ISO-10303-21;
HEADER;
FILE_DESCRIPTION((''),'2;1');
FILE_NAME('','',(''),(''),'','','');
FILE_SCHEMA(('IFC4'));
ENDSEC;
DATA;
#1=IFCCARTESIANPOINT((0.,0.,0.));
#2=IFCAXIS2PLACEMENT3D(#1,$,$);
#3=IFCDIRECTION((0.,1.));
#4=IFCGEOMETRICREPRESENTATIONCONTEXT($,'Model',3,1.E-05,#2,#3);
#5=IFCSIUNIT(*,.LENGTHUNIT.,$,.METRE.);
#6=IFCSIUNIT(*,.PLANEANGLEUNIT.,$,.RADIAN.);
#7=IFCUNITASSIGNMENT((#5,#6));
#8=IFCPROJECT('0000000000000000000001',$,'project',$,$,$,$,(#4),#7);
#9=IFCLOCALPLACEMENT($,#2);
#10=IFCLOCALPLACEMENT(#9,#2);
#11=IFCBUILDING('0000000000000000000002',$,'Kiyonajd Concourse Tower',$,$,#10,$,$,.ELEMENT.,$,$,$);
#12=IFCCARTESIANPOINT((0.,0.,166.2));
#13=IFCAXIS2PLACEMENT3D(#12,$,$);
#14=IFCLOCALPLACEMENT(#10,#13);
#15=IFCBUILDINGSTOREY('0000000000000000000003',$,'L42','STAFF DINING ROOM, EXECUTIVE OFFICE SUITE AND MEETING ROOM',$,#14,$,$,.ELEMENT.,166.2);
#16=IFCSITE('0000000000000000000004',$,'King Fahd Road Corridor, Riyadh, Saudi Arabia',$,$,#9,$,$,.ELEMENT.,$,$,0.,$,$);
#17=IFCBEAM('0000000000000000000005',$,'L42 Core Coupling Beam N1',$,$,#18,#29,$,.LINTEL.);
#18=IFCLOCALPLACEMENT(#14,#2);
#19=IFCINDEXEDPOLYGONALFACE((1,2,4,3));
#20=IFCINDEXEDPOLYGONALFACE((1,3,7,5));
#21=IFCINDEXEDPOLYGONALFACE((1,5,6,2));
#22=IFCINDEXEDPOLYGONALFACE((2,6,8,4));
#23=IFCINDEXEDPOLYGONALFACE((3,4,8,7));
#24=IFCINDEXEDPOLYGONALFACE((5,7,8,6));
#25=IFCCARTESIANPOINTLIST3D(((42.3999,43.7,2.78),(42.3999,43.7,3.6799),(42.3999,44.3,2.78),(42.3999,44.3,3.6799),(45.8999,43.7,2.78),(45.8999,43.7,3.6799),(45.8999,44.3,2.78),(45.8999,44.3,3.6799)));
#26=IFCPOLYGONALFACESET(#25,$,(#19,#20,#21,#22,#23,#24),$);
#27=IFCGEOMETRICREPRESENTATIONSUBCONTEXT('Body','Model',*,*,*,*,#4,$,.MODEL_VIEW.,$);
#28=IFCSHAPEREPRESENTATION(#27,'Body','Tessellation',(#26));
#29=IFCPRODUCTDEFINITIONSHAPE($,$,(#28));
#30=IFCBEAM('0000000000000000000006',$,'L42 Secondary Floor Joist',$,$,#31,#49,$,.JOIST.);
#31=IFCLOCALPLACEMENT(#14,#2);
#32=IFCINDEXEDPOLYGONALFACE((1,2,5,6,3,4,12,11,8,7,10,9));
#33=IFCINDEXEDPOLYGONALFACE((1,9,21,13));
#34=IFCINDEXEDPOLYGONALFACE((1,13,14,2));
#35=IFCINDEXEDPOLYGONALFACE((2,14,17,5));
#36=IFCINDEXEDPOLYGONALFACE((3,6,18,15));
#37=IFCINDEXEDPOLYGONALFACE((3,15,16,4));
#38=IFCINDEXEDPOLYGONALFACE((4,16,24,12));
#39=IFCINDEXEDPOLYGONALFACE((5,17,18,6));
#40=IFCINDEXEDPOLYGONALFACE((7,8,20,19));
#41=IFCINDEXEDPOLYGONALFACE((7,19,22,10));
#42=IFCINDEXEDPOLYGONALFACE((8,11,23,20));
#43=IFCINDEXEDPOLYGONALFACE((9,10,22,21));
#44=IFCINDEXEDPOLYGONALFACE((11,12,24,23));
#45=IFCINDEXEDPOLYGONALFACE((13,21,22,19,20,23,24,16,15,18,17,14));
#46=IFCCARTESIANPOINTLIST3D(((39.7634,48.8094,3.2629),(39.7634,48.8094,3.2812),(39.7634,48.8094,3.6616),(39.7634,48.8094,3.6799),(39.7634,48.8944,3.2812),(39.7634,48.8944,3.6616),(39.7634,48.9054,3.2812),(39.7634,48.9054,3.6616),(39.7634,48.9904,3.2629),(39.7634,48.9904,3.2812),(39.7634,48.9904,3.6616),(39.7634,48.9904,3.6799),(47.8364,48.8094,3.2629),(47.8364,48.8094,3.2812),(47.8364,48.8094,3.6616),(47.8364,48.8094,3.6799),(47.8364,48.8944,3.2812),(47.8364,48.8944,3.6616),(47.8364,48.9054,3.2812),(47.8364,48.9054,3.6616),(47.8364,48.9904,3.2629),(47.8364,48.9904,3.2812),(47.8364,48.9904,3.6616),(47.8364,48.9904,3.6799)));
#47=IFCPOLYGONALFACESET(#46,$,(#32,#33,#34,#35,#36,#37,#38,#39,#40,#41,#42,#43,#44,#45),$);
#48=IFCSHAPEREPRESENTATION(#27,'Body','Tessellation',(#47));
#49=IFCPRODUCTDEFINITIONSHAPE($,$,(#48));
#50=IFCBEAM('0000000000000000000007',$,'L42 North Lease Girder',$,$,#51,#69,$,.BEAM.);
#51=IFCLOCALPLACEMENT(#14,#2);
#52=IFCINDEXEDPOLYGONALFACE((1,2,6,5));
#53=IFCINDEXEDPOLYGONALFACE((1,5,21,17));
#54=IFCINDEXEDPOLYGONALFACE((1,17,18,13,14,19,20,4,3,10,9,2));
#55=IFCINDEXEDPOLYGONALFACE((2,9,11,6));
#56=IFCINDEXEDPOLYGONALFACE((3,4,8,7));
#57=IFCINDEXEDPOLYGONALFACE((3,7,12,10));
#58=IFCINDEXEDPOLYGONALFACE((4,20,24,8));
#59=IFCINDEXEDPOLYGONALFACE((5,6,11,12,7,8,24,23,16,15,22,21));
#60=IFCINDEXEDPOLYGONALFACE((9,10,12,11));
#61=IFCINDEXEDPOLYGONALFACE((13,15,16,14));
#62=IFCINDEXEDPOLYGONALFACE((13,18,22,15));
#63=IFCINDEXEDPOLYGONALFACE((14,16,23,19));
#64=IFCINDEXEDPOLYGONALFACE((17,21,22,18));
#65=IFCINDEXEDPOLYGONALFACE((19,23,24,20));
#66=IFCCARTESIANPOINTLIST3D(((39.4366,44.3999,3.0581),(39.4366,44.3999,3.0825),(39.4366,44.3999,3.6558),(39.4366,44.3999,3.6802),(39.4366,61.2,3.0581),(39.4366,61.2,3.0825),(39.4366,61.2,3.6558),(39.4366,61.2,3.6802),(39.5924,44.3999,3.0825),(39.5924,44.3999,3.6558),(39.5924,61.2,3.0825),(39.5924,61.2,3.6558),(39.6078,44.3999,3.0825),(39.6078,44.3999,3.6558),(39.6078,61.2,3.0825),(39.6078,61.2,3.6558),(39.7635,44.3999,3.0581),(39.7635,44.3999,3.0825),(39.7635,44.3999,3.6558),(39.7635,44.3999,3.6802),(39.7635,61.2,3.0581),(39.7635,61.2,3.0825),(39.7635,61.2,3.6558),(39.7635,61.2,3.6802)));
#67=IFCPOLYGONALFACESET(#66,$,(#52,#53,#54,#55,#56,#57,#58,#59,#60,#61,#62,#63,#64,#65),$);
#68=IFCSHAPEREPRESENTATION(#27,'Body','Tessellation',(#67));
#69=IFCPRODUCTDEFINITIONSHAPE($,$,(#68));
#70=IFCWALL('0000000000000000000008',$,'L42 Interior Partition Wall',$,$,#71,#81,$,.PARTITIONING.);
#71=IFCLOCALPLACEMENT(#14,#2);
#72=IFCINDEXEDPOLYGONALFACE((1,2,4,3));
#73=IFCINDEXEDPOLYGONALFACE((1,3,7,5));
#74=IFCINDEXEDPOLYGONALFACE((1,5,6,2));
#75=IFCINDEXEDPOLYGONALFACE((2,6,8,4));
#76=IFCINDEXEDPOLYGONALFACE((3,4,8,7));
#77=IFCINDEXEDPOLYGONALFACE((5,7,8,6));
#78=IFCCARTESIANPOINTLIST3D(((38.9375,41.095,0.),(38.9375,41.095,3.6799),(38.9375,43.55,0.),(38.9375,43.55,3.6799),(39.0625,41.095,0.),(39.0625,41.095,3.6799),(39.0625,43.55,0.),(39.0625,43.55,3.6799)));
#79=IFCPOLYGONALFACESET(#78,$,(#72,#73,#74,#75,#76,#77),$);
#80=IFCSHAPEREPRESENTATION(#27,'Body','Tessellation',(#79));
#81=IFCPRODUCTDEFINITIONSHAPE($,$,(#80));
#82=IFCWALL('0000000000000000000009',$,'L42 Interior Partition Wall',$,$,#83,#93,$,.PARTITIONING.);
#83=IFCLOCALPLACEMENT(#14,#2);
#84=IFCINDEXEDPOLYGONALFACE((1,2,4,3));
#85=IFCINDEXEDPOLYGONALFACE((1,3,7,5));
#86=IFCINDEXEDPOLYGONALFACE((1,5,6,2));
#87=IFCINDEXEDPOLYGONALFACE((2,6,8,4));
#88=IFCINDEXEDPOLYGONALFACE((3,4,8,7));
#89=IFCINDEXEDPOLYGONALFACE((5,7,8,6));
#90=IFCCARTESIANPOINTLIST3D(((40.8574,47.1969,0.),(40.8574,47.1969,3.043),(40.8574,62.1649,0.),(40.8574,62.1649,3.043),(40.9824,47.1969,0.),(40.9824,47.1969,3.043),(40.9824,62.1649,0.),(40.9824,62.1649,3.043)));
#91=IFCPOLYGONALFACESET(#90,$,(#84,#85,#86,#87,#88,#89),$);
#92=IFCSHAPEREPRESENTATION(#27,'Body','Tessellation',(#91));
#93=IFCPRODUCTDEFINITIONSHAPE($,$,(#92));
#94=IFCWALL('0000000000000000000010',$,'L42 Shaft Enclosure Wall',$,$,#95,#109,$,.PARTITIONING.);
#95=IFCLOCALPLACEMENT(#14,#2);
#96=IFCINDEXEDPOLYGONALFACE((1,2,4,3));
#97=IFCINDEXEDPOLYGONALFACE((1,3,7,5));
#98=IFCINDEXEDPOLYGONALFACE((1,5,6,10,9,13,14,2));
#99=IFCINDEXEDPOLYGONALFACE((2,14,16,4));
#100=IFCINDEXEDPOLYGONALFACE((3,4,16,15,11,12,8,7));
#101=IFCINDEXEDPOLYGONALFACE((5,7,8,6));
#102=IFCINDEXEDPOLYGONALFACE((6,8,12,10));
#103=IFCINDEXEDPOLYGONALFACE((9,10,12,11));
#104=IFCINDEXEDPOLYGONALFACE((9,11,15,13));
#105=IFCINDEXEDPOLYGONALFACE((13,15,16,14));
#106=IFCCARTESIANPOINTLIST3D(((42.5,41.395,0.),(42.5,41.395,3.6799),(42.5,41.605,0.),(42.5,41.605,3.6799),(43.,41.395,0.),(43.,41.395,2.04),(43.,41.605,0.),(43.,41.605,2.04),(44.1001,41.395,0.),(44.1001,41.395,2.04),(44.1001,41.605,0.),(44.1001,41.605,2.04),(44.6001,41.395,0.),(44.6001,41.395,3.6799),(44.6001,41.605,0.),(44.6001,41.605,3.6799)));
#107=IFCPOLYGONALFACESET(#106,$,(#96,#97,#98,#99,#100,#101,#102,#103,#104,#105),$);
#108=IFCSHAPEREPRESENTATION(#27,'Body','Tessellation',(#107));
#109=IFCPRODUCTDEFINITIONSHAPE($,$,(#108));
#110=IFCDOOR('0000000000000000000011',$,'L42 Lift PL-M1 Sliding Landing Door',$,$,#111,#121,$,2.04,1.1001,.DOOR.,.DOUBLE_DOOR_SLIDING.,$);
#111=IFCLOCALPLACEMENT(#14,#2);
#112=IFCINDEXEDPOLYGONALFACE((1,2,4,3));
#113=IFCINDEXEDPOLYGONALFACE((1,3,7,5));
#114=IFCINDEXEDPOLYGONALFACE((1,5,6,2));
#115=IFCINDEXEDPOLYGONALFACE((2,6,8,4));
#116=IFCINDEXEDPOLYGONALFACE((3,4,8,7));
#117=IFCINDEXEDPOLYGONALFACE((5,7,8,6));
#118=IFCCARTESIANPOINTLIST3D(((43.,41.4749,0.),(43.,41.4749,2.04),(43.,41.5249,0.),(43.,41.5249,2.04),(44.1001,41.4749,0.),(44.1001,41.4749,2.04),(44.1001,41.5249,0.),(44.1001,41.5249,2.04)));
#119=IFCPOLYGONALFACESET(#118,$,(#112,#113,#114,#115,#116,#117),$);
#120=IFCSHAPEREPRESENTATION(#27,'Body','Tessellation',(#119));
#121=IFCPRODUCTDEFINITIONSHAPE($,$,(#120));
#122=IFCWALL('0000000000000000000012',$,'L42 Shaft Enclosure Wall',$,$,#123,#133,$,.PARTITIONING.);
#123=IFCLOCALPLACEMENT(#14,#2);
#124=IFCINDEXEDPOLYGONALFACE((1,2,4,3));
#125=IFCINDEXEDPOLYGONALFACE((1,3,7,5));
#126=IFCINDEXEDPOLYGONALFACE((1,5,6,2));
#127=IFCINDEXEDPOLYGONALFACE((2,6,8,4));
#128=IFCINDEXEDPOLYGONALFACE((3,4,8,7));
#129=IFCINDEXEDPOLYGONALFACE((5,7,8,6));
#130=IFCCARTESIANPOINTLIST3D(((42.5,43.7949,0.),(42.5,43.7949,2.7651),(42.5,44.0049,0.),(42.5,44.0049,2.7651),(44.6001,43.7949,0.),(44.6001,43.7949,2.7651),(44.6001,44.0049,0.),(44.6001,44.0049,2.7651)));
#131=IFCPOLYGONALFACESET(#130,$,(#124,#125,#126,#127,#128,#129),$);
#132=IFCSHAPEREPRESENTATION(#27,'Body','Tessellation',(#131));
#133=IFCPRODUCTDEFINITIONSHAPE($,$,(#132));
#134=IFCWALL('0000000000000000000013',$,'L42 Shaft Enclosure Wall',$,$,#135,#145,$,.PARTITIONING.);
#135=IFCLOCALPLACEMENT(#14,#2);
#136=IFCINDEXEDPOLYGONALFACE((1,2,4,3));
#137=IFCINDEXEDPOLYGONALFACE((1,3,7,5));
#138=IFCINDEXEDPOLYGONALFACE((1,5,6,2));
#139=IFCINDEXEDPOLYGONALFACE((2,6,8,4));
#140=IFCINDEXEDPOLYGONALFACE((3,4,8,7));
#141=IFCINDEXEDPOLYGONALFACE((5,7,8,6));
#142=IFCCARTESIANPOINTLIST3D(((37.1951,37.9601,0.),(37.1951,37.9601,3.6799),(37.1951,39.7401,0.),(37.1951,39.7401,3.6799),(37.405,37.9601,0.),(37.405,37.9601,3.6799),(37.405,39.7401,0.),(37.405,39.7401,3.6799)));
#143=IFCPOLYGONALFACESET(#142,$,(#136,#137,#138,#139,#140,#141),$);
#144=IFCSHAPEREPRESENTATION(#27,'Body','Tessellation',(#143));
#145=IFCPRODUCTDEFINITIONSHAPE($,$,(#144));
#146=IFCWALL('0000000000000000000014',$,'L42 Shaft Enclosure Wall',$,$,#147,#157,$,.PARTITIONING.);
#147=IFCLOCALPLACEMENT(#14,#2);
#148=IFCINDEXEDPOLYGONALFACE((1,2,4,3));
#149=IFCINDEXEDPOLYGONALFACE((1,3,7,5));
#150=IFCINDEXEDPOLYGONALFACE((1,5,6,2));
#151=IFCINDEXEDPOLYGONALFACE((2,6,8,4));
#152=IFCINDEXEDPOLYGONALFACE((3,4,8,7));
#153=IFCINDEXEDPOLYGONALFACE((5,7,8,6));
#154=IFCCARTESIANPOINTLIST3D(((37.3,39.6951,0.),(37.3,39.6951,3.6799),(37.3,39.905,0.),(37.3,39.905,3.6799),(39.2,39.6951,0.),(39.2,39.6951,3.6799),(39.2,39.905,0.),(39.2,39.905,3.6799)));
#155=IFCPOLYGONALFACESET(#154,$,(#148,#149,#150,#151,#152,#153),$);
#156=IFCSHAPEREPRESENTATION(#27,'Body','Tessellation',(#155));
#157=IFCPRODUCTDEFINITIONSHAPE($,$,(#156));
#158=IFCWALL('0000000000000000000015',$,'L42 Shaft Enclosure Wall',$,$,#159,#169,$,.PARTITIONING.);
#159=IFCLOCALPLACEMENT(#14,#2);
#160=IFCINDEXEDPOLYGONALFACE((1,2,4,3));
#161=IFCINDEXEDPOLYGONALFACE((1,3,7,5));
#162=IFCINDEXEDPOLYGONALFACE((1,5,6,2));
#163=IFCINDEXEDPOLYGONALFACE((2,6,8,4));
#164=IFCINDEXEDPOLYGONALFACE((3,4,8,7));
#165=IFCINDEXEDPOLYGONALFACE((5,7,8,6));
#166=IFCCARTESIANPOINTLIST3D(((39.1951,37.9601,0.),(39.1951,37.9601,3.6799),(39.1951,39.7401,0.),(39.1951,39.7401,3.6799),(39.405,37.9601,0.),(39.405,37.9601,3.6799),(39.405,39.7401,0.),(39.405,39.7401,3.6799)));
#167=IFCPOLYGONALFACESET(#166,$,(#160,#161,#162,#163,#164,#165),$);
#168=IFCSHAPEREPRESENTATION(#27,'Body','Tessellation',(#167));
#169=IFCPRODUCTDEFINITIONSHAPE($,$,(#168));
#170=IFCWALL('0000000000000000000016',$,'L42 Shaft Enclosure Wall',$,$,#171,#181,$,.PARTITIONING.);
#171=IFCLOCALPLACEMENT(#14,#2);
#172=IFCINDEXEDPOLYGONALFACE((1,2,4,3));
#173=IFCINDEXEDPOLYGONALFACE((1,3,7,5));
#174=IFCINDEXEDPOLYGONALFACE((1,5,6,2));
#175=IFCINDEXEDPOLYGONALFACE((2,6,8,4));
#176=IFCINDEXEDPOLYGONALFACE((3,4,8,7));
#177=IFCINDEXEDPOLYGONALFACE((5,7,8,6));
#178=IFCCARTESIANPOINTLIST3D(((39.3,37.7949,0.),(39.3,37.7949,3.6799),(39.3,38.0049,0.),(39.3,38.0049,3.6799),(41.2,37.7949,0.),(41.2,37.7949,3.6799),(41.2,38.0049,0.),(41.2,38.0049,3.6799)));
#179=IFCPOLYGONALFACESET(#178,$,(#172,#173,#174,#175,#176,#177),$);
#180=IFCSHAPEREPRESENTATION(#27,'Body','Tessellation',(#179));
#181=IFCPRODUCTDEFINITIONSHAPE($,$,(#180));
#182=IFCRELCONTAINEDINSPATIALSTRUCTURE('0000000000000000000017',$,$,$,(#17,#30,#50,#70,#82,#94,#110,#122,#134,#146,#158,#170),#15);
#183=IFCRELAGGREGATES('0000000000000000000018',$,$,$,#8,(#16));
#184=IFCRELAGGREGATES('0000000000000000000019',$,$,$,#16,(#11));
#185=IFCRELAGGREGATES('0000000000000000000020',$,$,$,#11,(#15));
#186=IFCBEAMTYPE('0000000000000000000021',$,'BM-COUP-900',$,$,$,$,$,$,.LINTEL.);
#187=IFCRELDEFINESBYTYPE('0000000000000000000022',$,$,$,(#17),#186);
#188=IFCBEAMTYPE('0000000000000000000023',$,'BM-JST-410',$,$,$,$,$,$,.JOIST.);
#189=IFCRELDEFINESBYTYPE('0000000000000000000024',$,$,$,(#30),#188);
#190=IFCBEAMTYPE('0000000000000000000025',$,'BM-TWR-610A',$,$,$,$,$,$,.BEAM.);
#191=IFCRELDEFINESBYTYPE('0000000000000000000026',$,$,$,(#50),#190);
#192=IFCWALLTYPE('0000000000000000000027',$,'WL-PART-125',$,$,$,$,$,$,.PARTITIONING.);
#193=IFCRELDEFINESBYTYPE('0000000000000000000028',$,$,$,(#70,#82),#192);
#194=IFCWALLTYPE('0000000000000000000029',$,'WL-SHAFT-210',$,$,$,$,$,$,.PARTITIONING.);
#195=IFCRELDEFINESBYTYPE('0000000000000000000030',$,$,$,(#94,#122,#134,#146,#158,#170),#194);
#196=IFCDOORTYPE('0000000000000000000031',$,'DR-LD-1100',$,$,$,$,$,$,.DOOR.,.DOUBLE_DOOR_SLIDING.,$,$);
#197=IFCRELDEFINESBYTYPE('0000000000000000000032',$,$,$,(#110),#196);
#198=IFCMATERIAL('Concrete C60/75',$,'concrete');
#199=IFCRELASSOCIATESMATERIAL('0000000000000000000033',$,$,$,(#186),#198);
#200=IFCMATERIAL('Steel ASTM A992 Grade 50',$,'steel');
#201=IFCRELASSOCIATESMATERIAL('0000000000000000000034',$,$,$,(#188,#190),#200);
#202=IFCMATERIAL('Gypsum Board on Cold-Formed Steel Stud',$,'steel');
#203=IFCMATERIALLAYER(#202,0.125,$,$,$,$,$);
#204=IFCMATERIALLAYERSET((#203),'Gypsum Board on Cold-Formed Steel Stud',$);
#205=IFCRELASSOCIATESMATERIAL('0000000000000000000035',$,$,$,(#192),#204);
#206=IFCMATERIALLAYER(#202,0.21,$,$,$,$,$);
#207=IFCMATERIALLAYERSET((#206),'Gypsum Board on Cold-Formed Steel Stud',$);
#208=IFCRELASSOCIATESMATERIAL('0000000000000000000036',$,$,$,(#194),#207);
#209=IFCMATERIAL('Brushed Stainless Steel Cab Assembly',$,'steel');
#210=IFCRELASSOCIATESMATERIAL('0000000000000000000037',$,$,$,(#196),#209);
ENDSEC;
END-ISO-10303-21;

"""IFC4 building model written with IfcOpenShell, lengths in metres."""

from ifc_helpers import new_model, si_unit, direction, frame, frame_2d, origin, origin_2d, place, context, subcontext, project, spatial, rectangle, i_section, extrude, material, layer, layer_set, material_profile, profile_set, type_object, element, fill, save


model = new_model("IFC4")

# Units and contexts
model_context = context("Model", 3, precision=1e-05, world=origin(), true_north=direction((0.0, 1.0)))
body_context = subcontext(model_context, "Body", "Model", "MODEL_VIEW")
ifc_project = project(units=[si_unit("LENGTHUNIT", "METRE"), si_unit("PLANEANGLEUNIT", "RADIAN")], contexts=[model_context])

# Site, building, storey
site_placement = place(None, origin())
site = spatial("IfcSite", under=ifc_project, at=site_placement, Name="King Fahd Road Corridor, Riyadh, Saudi Arabia", CompositionType="ELEMENT", RefElevation=0.0)
building_placement = place(site_placement, origin())
building = spatial("IfcBuilding", under=site, at=building_placement, Name="Kiyonajd Concourse Tower", CompositionType="ELEMENT")
storey_placement = place(building_placement, frame((0.0, 0.0, 166.2)))
storey = spatial("IfcBuildingStorey", under=building, at=storey_placement, Name="L42", Description="STAFF DINING ROOM, EXECUTIVE OFFICE SUITE AND MEETING ROOM", CompositionType="ELEMENT", Elevation=166.2)

# Beams
ifc_material_1 = material(Name="Concrete C60/75", Category="concrete")
ifc_material_profile_1 = material_profile(ifc_material_1, rectangle(XDim=0.6001, YDim=0.8999, at=origin_2d()), Name="RCBM-600x900")
ifc_profile_set_1 = profile_set([ifc_material_profile_1], Name="Concrete C60/75")
beam_type_1 = type_object("IfcBeamType", Name="BM-COUP-900", PredefinedType="LINTEL", material=ifc_profile_set_1)
beam_1_placement = place(storey_placement, frame((42.3999, 44.0, 3.23), z_axis=(1.0, 0.0, 0.0), x_axis=(0.0, 1.0, 0.0)))
element("IfcBeam", 1, at=beam_1_placement, inside=storey, type_object=beam_type_1, Name="L42 Core Coupling Beam N1", PredefinedType="LINTEL", context=body_context, shape_type="SweptSolid", body=[
    extrude(rectangle(XDim=0.6001, YDim=0.8999, at=origin_2d()), origin(), (0.0, 0.0, 1.0), 3.5),
])
ifc_material_2 = material(Name="Steel ASTM A992 Grade 50", Category="steel")
ifc_material_profile_2 = material_profile(ifc_material_2, i_section(OverallWidth=0.1809, OverallDepth=0.417, WebThickness=0.011, FlangeThickness=0.0183, at=origin_2d()), Name="W410X85")
ifc_profile_set_2 = profile_set([ifc_material_profile_2], Name="Steel ASTM A992 Grade 50")
beam_type_2 = type_object("IfcBeamType", Name="BM-JST-410", PredefinedType="JOIST", material=ifc_profile_set_2)
beam_2_placement = place(storey_placement, frame((39.7634, 48.8999, 3.4714), z_axis=(1.0, 0.0, 0.0), x_axis=(0.0, 1.0, 0.0)))
element("IfcBeam", 2, at=beam_2_placement, inside=storey, type_object=beam_type_2, Name="L42 Secondary Floor Joist", PredefinedType="JOIST", context=body_context, shape_type="SweptSolid", body=[
    extrude(i_section(OverallWidth=0.1809, OverallDepth=0.417, WebThickness=0.011, FlangeThickness=0.0183, at=origin_2d()), origin(), (0.0, 0.0, 1.0), 8.073),
])
ifc_material_profile_3 = material_profile(ifc_material_2, i_section(OverallWidth=0.3269, OverallDepth=0.6221, WebThickness=0.0154, FlangeThickness=0.0244, at=origin_2d()), Name="W610X195")
ifc_profile_set_3 = profile_set([ifc_material_profile_3], Name="Steel ASTM A992 Grade 50")
beam_type_3 = type_object("IfcBeamType", Name="BM-TWR-610A", PredefinedType="BEAM", material=ifc_profile_set_3)
beam_3_placement = place(storey_placement, frame((39.6001, 44.3999, 3.3691), z_axis=(0.0, 1.0, 0.0), x_axis=(-1.0, 0.0, 0.0)))
element("IfcBeam", 3, at=beam_3_placement, inside=storey, type_object=beam_type_3, Name="L42 North Lease Girder", PredefinedType="BEAM", context=body_context, shape_type="SweptSolid", body=[
    extrude(i_section(OverallWidth=0.3269, OverallDepth=0.6221, WebThickness=0.0154, FlangeThickness=0.0244, at=origin_2d()), origin(), (0.0, 0.0, 1.0), 16.8),
])

# Walls
ifc_material_3 = material(Name="Gypsum Board on Cold-Formed Steel Stud", Category="steel")
ifc_layer_1 = layer(ifc_material_3, 0.125)
ifc_layer_set_1 = layer_set([ifc_layer_1], Name="Gypsum Board on Cold-Formed Steel Stud")
wall_type_1 = type_object("IfcWallType", Name="WL-PART-125", PredefinedType="PARTITIONING", material=ifc_layer_set_1)
wall_1_placement = place(storey_placement, frame((39.0, 41.095, 0.0), z_axis=(0.0, 0.0, 1.0), x_axis=(0.0, 1.0, 0.0)))
element("IfcWall", 4, at=wall_1_placement, inside=storey, type_object=wall_type_1, Name="L42 Interior Partition Wall", PredefinedType="PARTITIONING", context=body_context, shape_type="SweptSolid", body=[
    extrude(rectangle(XDim=2.4551, YDim=0.125, at=frame_2d((1.2275, 0.0))), origin(), (0.0, 0.0, 1.0), 3.6799),
])
wall_2_placement = place(storey_placement, frame((40.9199, 47.197, 0.0), z_axis=(0.0, 0.0, 1.0), x_axis=(0.0, 1.0, 0.0)))
element("IfcWall", 5, at=wall_2_placement, inside=storey, type_object=wall_type_1, Name="L42 Interior Partition Wall", PredefinedType="PARTITIONING", context=body_context, shape_type="SweptSolid", body=[
    extrude(rectangle(XDim=14.968, YDim=0.125, at=frame_2d((7.4839, 0.0))), origin(), (0.0, 0.0, 1.0), 3.043),
])

# Wall, opening, door
ifc_layer_2 = layer(ifc_material_3, 0.21)
ifc_layer_set_2 = layer_set([ifc_layer_2], Name="Gypsum Board on Cold-Formed Steel Stud")
wall_type_2 = type_object("IfcWallType", Name="WL-SHAFT-210", PredefinedType="PARTITIONING", material=ifc_layer_set_2)
wall_3_placement = place(storey_placement, frame((42.5, 41.5, 0.0), z_axis=(0.0, 0.0, 1.0), x_axis=(1.0, 0.0, 0.0)))
wall_3 = element("IfcWall", 6, at=wall_3_placement, inside=storey, type_object=wall_type_2, Name="L42 Shaft Enclosure Wall", PredefinedType="PARTITIONING", context=body_context, shape_type="SweptSolid", body=[
    extrude(rectangle(XDim=2.1001, YDim=0.21, at=frame_2d((1.05, 0.0))), origin(), (0.0, 0.0, 1.0), 3.6799),
])
opening_placement = place(wall_3_placement, frame((0.5, 0.0, 0.0)))
opening = element("IfcOpeningElement", 7, at=opening_placement, cuts=wall_3, PredefinedType="OPENING", context=body_context, shape_type="SweptSolid", body=[
    extrude(rectangle(XDim=1.1001, YDim=2.04, at=frame_2d((0.55, 1.02))), frame((0.0, 0.115, 0.0), z_axis=(0.0, -1.0, 0.0), x_axis=(1.0, 0.0, 0.0)), (0.0, 0.0, 1.0), 0.23),
])
ifc_material_4 = material(Name="Brushed Stainless Steel Cab Assembly", Category="steel")
door_type = type_object("IfcDoorType", Name="DR-LD-1100", OperationType="DOUBLE_DOOR_SLIDING", PredefinedType="DOOR", material=ifc_material_4)
door_placement = place(opening_placement, origin())
door = element("IfcDoor", 8, at=door_placement, inside=storey, type_object=door_type, Name="L42 Lift PL-M1 Sliding Landing Door", OperationType="DOUBLE_DOOR_SLIDING", OverallHeight=2.04, OverallWidth=1.1001, PredefinedType="DOOR", context=body_context, shape_type="SweptSolid", body=[
    extrude(rectangle(XDim=1.1001, YDim=2.04, at=frame_2d((0.55, 1.02))), frame((0.0, 0.0249, 0.0), z_axis=(0.0, -1.0, 0.0), x_axis=(1.0, 0.0, 0.0)), (0.0, 0.0, 1.0), 0.05),
])
fill(opening, door)

# Walls
wall_4_placement = place(storey_placement, frame((42.5, 43.8999, 0.0), z_axis=(0.0, 0.0, 1.0), x_axis=(1.0, 0.0, 0.0)))
element("IfcWall", 9, at=wall_4_placement, inside=storey, type_object=wall_type_2, Name="L42 Shaft Enclosure Wall", PredefinedType="PARTITIONING", context=body_context, shape_type="SweptSolid", body=[
    extrude(rectangle(XDim=2.1001, YDim=0.21, at=frame_2d((1.05, 0.0))), origin(), (0.0, 0.0, 1.0), 2.7651),
])
wall_5_placement = place(storey_placement, frame((37.3, 37.96, 0.0), z_axis=(0.0, 0.0, 1.0), x_axis=(0.0, 1.0, 0.0)))
element("IfcWall", 10, at=wall_5_placement, inside=storey, type_object=wall_type_2, Name="L42 Shaft Enclosure Wall", PredefinedType="PARTITIONING", context=body_context, shape_type="SweptSolid", body=[
    extrude(rectangle(XDim=1.78, YDim=0.21, at=frame_2d((0.8901, 0.0))), origin(), (0.0, 0.0, 1.0), 3.6799),
])
wall_6_placement = place(storey_placement, frame((37.3, 39.8, 0.0), z_axis=(0.0, 0.0, 1.0), x_axis=(1.0, 0.0, 0.0)))
element("IfcWall", 11, at=wall_6_placement, inside=storey, type_object=wall_type_2, Name="L42 Shaft Enclosure Wall", PredefinedType="PARTITIONING", context=body_context, shape_type="SweptSolid", body=[
    extrude(rectangle(XDim=1.8999, YDim=0.21, at=frame_2d((0.95, 0.0))), origin(), (0.0, 0.0, 1.0), 3.6799),
])
wall_7_placement = place(storey_placement, frame((39.3, 37.96, 0.0), z_axis=(0.0, 0.0, 1.0), x_axis=(0.0, 1.0, 0.0)))
element("IfcWall", 12, at=wall_7_placement, inside=storey, type_object=wall_type_2, Name="L42 Shaft Enclosure Wall", PredefinedType="PARTITIONING", context=body_context, shape_type="SweptSolid", body=[
    extrude(rectangle(XDim=1.78, YDim=0.21, at=frame_2d((0.8901, 0.0))), origin(), (0.0, 0.0, 1.0), 3.6799),
])
for number, where, z_axis, x_axis, name in (
    (13, (39.3, 37.8999, 0.0), (0.0, 0.0, 1.0), (1.0, 0.0, 0.0), "L42 Shaft Enclosure Wall"),
):
    element("IfcWall", number, at=place(storey_placement, frame(where, z_axis=z_axis, x_axis=x_axis)), inside=storey, type_object=wall_type_2, Name=name, PredefinedType="PARTITIONING", context=body_context, shape_type="SweptSolid", body=[
        extrude(rectangle(XDim=1.8999, YDim=0.21, at=frame_2d((0.95, 0.0))), origin(), (0.0, 0.0, 1.0), 3.6799),
    ])

save(model, "model.ifc")
